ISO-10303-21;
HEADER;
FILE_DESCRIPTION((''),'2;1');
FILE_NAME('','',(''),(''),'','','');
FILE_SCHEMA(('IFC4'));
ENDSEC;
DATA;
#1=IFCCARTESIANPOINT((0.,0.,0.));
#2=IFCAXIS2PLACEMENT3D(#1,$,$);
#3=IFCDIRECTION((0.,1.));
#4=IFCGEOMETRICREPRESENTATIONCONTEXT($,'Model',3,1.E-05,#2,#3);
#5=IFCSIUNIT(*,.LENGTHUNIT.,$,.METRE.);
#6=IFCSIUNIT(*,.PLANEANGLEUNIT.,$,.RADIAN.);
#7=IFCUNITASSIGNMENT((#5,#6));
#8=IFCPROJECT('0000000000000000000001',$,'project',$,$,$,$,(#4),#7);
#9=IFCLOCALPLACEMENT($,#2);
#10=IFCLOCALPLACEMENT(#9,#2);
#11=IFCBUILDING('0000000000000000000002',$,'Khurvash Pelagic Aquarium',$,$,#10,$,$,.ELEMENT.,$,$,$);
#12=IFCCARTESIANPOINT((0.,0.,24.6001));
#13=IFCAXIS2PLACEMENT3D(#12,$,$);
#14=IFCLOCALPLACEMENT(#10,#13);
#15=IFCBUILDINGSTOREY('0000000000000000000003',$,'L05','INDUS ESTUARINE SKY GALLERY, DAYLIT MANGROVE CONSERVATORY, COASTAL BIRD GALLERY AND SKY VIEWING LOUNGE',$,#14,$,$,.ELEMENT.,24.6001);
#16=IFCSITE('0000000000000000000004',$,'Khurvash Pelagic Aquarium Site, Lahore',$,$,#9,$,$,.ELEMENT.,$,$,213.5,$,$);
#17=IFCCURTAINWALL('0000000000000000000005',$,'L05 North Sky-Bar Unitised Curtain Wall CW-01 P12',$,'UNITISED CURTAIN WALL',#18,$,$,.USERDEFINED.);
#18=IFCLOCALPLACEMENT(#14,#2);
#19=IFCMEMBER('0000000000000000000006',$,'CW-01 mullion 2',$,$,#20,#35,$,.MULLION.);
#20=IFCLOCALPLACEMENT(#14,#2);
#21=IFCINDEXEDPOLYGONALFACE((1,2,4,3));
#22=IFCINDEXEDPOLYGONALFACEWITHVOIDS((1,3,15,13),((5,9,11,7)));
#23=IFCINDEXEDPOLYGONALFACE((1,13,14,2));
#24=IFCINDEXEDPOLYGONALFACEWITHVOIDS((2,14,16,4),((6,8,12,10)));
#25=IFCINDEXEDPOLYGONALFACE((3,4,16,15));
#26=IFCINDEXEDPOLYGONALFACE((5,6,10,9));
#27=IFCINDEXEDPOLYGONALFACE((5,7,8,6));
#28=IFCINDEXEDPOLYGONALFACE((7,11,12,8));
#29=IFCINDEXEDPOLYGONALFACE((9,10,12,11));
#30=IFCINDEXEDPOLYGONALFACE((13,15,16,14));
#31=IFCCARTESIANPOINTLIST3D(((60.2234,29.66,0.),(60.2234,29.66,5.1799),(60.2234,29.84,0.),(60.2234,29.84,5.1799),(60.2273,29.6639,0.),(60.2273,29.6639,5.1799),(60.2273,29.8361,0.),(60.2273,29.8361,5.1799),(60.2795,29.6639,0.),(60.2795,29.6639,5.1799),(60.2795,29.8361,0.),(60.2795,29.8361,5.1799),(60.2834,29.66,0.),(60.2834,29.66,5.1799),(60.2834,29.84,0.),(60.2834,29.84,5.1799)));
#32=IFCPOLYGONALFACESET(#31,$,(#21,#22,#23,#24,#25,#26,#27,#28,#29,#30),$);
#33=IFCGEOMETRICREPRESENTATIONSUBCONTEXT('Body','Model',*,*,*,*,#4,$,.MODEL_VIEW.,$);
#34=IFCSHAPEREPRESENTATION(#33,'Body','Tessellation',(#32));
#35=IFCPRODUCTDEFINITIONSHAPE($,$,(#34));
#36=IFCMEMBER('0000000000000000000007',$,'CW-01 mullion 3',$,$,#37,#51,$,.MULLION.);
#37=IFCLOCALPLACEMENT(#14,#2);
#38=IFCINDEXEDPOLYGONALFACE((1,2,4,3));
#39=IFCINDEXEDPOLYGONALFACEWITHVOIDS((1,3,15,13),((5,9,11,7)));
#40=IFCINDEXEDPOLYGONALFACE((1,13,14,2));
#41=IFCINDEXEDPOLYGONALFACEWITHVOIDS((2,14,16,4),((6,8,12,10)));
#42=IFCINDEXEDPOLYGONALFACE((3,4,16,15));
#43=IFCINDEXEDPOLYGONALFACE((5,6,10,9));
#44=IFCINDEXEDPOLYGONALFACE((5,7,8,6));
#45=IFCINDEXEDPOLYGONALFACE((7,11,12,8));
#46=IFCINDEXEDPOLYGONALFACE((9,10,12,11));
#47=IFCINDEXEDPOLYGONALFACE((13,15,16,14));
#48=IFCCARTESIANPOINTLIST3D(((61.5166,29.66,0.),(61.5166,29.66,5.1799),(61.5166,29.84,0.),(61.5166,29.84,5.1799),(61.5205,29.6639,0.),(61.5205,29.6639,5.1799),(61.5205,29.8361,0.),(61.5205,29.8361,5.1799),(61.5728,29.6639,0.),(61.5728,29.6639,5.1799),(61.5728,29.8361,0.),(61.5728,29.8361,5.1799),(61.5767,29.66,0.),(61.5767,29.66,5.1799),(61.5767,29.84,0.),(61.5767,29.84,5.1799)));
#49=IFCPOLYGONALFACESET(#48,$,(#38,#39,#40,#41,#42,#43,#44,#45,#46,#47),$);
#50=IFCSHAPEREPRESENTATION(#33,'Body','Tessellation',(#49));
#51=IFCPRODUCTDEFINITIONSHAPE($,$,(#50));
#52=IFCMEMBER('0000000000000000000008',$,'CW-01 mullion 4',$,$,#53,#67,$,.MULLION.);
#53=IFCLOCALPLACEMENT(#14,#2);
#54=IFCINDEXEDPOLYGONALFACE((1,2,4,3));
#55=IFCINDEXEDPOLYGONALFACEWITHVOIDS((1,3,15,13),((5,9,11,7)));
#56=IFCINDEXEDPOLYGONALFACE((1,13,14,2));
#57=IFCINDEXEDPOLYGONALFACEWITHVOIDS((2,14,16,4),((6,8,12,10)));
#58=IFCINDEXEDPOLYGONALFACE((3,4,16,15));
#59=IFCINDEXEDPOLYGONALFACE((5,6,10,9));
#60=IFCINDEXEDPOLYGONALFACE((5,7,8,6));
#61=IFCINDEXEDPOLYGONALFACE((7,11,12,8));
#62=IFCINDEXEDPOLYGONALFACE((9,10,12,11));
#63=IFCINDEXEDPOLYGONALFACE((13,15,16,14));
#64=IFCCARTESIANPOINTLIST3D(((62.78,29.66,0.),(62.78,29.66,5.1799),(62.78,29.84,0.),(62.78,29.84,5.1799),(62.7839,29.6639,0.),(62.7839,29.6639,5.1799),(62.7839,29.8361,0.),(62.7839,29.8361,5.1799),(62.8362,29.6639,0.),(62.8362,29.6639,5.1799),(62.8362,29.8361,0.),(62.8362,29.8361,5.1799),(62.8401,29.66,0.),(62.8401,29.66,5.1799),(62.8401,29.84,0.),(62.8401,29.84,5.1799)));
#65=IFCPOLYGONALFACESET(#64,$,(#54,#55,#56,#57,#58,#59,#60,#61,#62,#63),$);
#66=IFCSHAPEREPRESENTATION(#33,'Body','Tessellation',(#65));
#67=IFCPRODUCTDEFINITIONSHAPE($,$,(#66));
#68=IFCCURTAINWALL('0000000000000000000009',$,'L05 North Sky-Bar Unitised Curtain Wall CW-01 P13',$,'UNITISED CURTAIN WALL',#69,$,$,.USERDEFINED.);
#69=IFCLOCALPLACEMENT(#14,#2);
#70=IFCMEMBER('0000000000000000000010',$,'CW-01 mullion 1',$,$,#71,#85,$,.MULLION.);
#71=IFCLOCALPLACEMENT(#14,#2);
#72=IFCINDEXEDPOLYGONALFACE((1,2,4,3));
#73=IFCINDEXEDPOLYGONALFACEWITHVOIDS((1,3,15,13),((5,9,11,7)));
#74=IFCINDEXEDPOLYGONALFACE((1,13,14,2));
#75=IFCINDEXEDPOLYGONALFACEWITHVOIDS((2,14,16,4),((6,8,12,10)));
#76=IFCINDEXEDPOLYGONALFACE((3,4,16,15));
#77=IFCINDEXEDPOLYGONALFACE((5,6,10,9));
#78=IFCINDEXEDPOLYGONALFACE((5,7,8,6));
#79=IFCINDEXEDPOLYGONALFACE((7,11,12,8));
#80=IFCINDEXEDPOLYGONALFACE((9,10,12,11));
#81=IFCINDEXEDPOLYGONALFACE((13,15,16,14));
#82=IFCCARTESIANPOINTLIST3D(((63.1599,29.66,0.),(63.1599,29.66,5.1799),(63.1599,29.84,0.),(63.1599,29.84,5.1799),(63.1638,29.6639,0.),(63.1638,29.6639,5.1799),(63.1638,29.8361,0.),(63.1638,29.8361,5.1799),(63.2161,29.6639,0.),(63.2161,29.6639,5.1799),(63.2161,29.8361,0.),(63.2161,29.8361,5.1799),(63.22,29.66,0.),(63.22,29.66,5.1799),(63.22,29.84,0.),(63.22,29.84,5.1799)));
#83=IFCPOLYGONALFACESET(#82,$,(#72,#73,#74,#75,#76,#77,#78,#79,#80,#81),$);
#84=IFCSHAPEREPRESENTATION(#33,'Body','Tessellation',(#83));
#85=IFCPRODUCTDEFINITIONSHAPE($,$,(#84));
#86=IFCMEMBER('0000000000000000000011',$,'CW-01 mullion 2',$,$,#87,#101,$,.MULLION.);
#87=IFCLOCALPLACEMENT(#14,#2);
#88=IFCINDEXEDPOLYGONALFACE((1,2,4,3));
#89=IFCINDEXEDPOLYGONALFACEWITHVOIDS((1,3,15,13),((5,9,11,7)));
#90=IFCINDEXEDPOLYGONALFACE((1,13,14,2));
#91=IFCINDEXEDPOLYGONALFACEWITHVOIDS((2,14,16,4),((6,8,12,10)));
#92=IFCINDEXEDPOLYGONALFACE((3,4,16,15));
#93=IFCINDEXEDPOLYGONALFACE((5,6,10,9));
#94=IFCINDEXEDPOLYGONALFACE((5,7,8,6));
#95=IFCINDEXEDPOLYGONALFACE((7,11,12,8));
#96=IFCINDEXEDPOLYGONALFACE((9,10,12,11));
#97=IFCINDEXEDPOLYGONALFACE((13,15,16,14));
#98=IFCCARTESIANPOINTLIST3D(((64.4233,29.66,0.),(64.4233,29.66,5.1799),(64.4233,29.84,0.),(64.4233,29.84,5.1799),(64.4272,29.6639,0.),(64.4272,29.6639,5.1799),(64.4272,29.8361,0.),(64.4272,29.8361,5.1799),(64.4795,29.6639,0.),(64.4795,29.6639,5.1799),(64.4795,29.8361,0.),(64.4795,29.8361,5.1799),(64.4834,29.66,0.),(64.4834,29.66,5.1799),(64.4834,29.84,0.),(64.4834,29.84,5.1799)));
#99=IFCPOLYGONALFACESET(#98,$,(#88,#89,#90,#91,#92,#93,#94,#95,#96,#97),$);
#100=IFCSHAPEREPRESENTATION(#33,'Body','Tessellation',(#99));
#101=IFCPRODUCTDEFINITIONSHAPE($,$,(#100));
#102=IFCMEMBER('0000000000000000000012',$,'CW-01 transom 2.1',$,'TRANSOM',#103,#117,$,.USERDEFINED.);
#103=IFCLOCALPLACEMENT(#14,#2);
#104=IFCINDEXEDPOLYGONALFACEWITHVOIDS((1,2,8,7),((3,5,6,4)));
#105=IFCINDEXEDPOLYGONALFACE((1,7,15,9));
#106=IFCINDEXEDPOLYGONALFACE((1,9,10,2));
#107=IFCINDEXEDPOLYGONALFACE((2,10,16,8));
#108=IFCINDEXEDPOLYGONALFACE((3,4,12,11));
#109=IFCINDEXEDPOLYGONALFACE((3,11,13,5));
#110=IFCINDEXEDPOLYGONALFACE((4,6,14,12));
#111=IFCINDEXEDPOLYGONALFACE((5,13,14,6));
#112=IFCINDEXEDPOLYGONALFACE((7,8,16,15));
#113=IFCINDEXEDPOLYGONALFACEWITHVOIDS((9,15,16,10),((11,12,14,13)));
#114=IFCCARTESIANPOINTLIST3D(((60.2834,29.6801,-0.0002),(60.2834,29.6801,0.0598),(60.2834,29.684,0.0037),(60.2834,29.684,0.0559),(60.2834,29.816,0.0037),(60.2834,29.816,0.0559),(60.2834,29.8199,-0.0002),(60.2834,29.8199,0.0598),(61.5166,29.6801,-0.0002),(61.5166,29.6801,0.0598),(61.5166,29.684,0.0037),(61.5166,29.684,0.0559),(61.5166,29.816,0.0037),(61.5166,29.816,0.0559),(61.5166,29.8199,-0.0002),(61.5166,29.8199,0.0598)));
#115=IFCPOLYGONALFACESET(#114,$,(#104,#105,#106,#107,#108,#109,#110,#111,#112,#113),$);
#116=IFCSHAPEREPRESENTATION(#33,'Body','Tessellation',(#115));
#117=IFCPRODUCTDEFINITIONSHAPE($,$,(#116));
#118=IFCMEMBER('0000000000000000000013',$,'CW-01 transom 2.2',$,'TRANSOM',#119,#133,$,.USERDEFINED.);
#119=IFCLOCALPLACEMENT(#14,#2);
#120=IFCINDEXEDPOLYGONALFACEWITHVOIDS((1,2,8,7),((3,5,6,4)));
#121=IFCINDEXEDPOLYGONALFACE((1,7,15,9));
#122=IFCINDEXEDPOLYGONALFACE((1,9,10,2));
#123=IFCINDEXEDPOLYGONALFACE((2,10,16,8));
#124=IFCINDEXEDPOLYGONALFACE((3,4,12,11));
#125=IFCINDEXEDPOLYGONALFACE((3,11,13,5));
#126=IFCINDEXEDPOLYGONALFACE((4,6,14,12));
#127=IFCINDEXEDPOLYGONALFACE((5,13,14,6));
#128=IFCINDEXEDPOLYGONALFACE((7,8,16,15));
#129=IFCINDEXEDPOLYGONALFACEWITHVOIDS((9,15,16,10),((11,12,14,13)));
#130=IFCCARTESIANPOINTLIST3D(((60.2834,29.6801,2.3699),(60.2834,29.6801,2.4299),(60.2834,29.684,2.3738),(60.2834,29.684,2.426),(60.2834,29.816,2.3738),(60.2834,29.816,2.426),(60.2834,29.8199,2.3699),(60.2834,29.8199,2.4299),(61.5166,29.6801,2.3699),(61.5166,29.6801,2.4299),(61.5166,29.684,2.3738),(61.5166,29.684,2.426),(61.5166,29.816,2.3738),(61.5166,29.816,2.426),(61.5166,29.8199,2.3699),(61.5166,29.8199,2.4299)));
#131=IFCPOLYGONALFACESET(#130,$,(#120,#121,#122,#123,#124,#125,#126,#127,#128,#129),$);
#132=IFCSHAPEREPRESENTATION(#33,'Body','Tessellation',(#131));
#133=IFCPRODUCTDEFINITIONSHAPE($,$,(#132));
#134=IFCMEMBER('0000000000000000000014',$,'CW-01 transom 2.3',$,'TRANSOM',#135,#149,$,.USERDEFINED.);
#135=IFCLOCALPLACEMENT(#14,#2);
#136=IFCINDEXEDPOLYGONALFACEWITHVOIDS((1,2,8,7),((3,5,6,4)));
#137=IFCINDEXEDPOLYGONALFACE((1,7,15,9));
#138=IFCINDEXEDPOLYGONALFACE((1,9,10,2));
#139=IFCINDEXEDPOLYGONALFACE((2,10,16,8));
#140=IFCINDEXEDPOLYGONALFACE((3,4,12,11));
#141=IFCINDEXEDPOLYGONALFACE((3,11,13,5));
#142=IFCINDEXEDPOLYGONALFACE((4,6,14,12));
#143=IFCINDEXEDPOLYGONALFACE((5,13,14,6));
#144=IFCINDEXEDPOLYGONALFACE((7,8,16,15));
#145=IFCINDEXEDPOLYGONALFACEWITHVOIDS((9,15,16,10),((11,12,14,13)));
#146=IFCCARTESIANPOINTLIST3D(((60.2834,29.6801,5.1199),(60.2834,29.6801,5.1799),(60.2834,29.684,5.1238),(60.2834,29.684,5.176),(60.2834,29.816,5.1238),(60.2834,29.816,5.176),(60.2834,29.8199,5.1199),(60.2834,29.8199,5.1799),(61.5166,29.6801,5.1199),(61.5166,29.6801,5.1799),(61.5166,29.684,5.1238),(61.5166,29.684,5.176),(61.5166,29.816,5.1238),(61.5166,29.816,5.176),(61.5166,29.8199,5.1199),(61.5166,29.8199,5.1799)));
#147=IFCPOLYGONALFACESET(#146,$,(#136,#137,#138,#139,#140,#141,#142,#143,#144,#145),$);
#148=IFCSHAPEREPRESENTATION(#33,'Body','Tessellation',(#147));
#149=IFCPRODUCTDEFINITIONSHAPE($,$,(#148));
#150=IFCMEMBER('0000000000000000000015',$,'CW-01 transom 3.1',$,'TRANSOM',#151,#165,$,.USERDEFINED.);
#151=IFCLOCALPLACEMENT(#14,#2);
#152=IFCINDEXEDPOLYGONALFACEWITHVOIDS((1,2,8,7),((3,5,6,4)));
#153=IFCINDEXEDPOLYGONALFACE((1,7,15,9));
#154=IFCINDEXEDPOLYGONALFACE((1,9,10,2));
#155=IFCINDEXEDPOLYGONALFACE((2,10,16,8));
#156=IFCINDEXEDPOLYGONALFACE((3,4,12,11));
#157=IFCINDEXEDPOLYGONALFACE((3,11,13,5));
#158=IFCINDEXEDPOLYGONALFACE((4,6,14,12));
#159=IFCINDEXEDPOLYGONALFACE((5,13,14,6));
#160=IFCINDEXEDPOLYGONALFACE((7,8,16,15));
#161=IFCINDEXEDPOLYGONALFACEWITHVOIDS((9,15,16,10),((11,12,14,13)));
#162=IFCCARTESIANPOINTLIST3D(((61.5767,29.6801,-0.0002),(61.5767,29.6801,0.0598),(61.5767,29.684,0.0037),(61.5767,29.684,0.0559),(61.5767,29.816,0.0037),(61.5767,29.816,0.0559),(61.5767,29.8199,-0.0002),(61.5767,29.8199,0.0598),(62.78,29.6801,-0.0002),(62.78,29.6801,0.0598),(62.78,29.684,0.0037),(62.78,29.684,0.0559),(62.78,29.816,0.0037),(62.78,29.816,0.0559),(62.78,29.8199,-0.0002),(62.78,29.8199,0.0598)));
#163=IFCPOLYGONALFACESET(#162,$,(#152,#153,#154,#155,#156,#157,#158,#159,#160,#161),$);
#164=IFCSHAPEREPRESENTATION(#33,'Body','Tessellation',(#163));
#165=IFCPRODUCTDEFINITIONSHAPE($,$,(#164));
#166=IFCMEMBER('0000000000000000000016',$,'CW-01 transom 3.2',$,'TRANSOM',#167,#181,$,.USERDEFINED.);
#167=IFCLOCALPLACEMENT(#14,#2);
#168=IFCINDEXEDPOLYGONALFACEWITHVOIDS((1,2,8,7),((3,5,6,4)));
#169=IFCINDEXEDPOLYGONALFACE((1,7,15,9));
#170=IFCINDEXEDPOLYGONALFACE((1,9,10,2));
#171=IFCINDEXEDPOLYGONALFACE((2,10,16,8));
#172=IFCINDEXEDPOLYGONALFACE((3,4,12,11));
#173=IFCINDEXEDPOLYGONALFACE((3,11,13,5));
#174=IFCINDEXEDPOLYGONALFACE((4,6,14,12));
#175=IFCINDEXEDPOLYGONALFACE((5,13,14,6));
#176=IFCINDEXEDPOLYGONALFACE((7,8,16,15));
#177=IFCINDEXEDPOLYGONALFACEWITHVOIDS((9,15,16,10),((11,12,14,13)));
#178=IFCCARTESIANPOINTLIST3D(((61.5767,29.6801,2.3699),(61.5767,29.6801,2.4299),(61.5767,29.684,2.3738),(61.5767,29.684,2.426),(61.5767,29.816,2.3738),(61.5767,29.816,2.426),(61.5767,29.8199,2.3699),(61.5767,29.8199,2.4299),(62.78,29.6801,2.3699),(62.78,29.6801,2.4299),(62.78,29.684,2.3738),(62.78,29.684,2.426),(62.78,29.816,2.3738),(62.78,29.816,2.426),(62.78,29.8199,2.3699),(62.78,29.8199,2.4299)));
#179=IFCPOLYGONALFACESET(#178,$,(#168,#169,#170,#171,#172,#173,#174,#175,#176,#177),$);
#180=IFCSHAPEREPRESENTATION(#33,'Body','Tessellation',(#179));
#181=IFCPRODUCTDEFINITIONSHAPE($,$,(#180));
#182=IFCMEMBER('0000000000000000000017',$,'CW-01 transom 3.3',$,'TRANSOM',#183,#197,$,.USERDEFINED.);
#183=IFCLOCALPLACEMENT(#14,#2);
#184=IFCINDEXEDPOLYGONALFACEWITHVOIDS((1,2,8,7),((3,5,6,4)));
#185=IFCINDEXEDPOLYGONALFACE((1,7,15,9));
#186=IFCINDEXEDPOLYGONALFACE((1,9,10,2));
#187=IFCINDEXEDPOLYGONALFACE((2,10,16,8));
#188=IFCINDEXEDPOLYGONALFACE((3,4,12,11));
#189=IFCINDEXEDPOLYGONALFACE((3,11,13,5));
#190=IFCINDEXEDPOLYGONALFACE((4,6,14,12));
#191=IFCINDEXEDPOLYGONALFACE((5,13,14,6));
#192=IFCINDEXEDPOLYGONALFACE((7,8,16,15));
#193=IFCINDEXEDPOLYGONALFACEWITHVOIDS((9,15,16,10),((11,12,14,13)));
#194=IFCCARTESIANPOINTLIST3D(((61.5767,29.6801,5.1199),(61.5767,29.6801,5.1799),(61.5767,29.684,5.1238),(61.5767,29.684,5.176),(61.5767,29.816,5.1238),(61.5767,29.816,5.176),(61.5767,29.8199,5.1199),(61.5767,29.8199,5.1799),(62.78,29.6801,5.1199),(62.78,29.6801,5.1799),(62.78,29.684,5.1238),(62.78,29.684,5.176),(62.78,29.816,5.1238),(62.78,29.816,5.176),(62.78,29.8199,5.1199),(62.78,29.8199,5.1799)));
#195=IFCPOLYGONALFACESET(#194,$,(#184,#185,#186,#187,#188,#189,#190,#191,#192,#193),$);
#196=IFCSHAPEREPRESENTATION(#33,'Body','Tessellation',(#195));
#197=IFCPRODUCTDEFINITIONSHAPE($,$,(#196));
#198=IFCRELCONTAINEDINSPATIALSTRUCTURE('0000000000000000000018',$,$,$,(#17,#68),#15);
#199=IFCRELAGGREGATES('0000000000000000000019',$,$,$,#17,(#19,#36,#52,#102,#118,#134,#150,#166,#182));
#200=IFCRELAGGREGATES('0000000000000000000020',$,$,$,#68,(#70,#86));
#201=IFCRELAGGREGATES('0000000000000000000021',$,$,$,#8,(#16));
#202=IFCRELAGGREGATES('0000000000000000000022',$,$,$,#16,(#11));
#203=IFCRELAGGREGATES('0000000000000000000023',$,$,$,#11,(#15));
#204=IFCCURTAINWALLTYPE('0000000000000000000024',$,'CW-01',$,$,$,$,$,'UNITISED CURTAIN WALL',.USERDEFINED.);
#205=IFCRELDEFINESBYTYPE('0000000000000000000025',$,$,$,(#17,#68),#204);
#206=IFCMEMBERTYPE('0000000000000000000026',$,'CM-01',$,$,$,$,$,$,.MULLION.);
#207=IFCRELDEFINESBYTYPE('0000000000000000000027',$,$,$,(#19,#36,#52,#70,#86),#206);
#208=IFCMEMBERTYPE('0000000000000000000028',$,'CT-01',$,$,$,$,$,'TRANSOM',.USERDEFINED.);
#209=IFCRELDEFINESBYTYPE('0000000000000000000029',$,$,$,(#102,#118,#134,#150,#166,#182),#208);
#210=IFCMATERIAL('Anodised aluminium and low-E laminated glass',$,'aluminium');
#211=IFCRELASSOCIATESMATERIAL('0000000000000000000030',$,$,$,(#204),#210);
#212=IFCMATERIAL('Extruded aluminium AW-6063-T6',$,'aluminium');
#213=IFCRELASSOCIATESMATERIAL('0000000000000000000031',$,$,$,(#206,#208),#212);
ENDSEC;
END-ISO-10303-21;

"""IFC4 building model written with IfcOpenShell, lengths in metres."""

from ifc_helpers import new_model, si_unit, direction, frame, origin, origin_2d, place, context, subcontext, project, spatial, hollow_rectangle, extrude, material, material_profile, profile_set, type_object, element, aggregate, save


model = new_model("IFC4")

# Units and contexts
model_context = context("Model", 3, precision=1e-05, world=origin(), true_north=direction((0.0, 1.0)))
body_context = subcontext(model_context, "Body", "Model", "MODEL_VIEW")
ifc_project = project(units=[si_unit("LENGTHUNIT", "METRE"), si_unit("PLANEANGLEUNIT", "RADIAN")], contexts=[model_context])

# Site, building, storey
site_placement = place(None, origin())
site = spatial("IfcSite", under=ifc_project, at=site_placement, Name="Khurvash Pelagic Aquarium Site, Lahore", CompositionType="ELEMENT", RefElevation=213.5)
building_placement = place(site_placement, origin())
building = spatial("IfcBuilding", under=site, at=building_placement, Name="Khurvash Pelagic Aquarium", CompositionType="ELEMENT")
storey_placement = place(building_placement, frame((0.0, 0.0, 24.6001)))
storey = spatial("IfcBuildingStorey", under=building, at=storey_placement, Name="L05", Description="INDUS ESTUARINE SKY GALLERY, DAYLIT MANGROVE CONSERVATORY, COASTAL BIRD GALLERY AND SKY VIEWING LOUNGE", CompositionType="ELEMENT", Elevation=24.6001)

# Curtain walls, members
ifc_material_1 = material(Name="Anodised aluminium and low-E laminated glass", Category="aluminium")
curtain_wall_type = type_object("IfcCurtainWallType", Name="CW-01", ElementType="UNITISED CURTAIN WALL", PredefinedType="USERDEFINED", material=ifc_material_1)
curtain_wall_1_placement = place(storey_placement, origin())
curtain_wall_1 = element("IfcCurtainWall", 1, at=curtain_wall_1_placement, inside=storey, type_object=curtain_wall_type, Name="L05 North Sky-Bar Unitised Curtain Wall CW-01 P12", ObjectType="UNITISED CURTAIN WALL", PredefinedType="USERDEFINED")
ifc_material_2 = material(Name="Extruded aluminium AW-6063-T6", Category="aluminium")
ifc_material_profile_1 = material_profile(ifc_material_2, hollow_rectangle(XDim=0.0601, YDim=0.1799, WallThickness=0.0039, at=origin_2d()), Name="CWM60X180X4")
ifc_profile_set_1 = profile_set([ifc_material_profile_1], Name="Extruded aluminium AW-6063-T6")
member_type_1 = type_object("IfcMemberType", Name="CM-01", PredefinedType="MULLION", material=ifc_profile_set_1)
member_1_placement = place(storey_placement, frame((60.2534, 29.75, 0.0), z_axis=(0.0, 0.0, 1.0), x_axis=(1.0, 0.0, 0.0)))
member_1 = element("IfcMember", 2, at=member_1_placement, type_object=member_type_1, Name="CW-01 mullion 2", PredefinedType="MULLION", context=body_context, shape_type="SweptSolid", body=[
    extrude(hollow_rectangle(XDim=0.0601, YDim=0.1799, WallThickness=0.0039, at=origin_2d()), origin(), (0.0, 0.0, 1.0), 5.1799),
])
member_2_placement = place(storey_placement, frame((61.5466, 29.75, 0.0), z_axis=(0.0, 0.0, 1.0), x_axis=(1.0, 0.0, 0.0)))
member_2 = element("IfcMember", 3, at=member_2_placement, type_object=member_type_1, Name="CW-01 mullion 3", PredefinedType="MULLION", context=body_context, shape_type="SweptSolid", body=[
    extrude(hollow_rectangle(XDim=0.0601, YDim=0.1799, WallThickness=0.0039, at=origin_2d()), origin(), (0.0, 0.0, 1.0), 5.1799),
])
member_3_placement = place(storey_placement, frame((62.8101, 29.75, 0.0), z_axis=(0.0, 0.0, 1.0), x_axis=(1.0, 0.0, 0.0)))
member_3 = element("IfcMember", 4, at=member_3_placement, type_object=member_type_1, Name="CW-01 mullion 4", PredefinedType="MULLION", context=body_context, shape_type="SweptSolid", body=[
    extrude(hollow_rectangle(XDim=0.0601, YDim=0.1799, WallThickness=0.0039, at=origin_2d()), origin(), (0.0, 0.0, 1.0), 5.1799),
])
curtain_wall_2_placement = place(storey_placement, origin())
curtain_wall_2 = element("IfcCurtainWall", 5, at=curtain_wall_2_placement, inside=storey, type_object=curtain_wall_type, Name="L05 North Sky-Bar Unitised Curtain Wall CW-01 P13", ObjectType="UNITISED CURTAIN WALL", PredefinedType="USERDEFINED")
member_4_placement = place(storey_placement, frame((63.1899, 29.75, 0.0), z_axis=(0.0, 0.0, 1.0), x_axis=(1.0, 0.0, 0.0)))
member_4 = element("IfcMember", 6, at=member_4_placement, type_object=member_type_1, Name="CW-01 mullion 1", PredefinedType="MULLION", context=body_context, shape_type="SweptSolid", body=[
    extrude(hollow_rectangle(XDim=0.0601, YDim=0.1799, WallThickness=0.0039, at=origin_2d()), origin(), (0.0, 0.0, 1.0), 5.1799),
])
member_5_placement = place(storey_placement, frame((64.4534, 29.75, 0.0), z_axis=(0.0, 0.0, 1.0), x_axis=(1.0, 0.0, 0.0)))
member_5 = element("IfcMember", 7, at=member_5_placement, type_object=member_type_1, Name="CW-01 mullion 2", PredefinedType="MULLION", context=body_context, shape_type="SweptSolid", body=[
    extrude(hollow_rectangle(XDim=0.0601, YDim=0.1799, WallThickness=0.0039, at=origin_2d()), origin(), (0.0, 0.0, 1.0), 5.1799),
])

# Members
ifc_material_profile_2 = material_profile(ifc_material_2, hollow_rectangle(XDim=0.1399, YDim=0.0601, WallThickness=0.0039, at=origin_2d()), Name="CWT140X60X4")
ifc_profile_set_2 = profile_set([ifc_material_profile_2], Name="Extruded aluminium AW-6063-T6")
member_type_2 = type_object("IfcMemberType", Name="CT-01", ElementType="TRANSOM", PredefinedType="USERDEFINED", material=ifc_profile_set_2)
member_6_placement = place(storey_placement, frame((60.2834, 29.75, 0.0298), z_axis=(1.0, 0.0, 0.0), x_axis=(0.0, 1.0, 0.0)))
member_6 = element("IfcMember", 8, at=member_6_placement, type_object=member_type_2, Name="CW-01 transom 2.1", ObjectType="TRANSOM", PredefinedType="USERDEFINED", context=body_context, shape_type="SweptSolid", body=[
    extrude(hollow_rectangle(XDim=0.1399, YDim=0.0601, WallThickness=0.0039, at=origin_2d()), origin(), (0.0, 0.0, 1.0), 1.2332),
])
member_7_placement = place(storey_placement, frame((60.2834, 29.75, 2.3999), z_axis=(1.0, 0.0, 0.0), x_axis=(0.0, 1.0, 0.0)))
member_7 = element("IfcMember", 9, at=member_7_placement, type_object=member_type_2, Name="CW-01 transom 2.2", ObjectType="TRANSOM", PredefinedType="USERDEFINED", context=body_context, shape_type="SweptSolid", body=[
    extrude(hollow_rectangle(XDim=0.1399, YDim=0.0601, WallThickness=0.0039, at=origin_2d()), origin(), (0.0, 0.0, 1.0), 1.2332),
])
member_8_placement = place(storey_placement, frame((60.2834, 29.75, 5.1499), z_axis=(1.0, 0.0, 0.0), x_axis=(0.0, 1.0, 0.0)))
member_8 = element("IfcMember", 10, at=member_8_placement, type_object=member_type_2, Name="CW-01 transom 2.3", ObjectType="TRANSOM", PredefinedType="USERDEFINED", context=body_context, shape_type="SweptSolid", body=[
    extrude(hollow_rectangle(XDim=0.1399, YDim=0.0601, WallThickness=0.0039, at=origin_2d()), origin(), (0.0, 0.0, 1.0), 1.2332),
])
member_9_placement = place(storey_placement, frame((61.5767, 29.75, 0.0298), z_axis=(1.0, 0.0, 0.0), x_axis=(0.0, 1.0, 0.0)))
member_9 = element("IfcMember", 11, at=member_9_placement, type_object=member_type_2, Name="CW-01 transom 3.1", ObjectType="TRANSOM", PredefinedType="USERDEFINED", context=body_context, shape_type="SweptSolid", body=[
    extrude(hollow_rectangle(XDim=0.1399, YDim=0.0601, WallThickness=0.0039, at=origin_2d()), origin(), (0.0, 0.0, 1.0), 1.2034),
])
member_10_placement = place(storey_placement, frame((61.5767, 29.75, 2.3999), z_axis=(1.0, 0.0, 0.0), x_axis=(0.0, 1.0, 0.0)))
member_10 = element("IfcMember", 12, at=member_10_placement, type_object=member_type_2, Name="CW-01 transom 3.2", ObjectType="TRANSOM", PredefinedType="USERDEFINED", context=body_context, shape_type="SweptSolid", body=[
    extrude(hollow_rectangle(XDim=0.1399, YDim=0.0601, WallThickness=0.0039, at=origin_2d()), origin(), (0.0, 0.0, 1.0), 1.2034),
])
member_11_placement = place(storey_placement, frame((61.5767, 29.75, 5.1499), z_axis=(1.0, 0.0, 0.0), x_axis=(0.0, 1.0, 0.0)))
member_11 = element("IfcMember", 13, at=member_11_placement, type_object=member_type_2, Name="CW-01 transom 3.3", ObjectType="TRANSOM", PredefinedType="USERDEFINED", context=body_context, shape_type="SweptSolid", body=[
    extrude(hollow_rectangle(XDim=0.1399, YDim=0.0601, WallThickness=0.0039, at=origin_2d()), origin(), (0.0, 0.0, 1.0), 1.2034),
])

aggregate(curtain_wall_1, [member_1, member_2, member_3, member_6, member_7, member_8, member_9, member_10, member_11])
aggregate(curtain_wall_2, [member_4, member_5])

save(model, "model.ifc")
